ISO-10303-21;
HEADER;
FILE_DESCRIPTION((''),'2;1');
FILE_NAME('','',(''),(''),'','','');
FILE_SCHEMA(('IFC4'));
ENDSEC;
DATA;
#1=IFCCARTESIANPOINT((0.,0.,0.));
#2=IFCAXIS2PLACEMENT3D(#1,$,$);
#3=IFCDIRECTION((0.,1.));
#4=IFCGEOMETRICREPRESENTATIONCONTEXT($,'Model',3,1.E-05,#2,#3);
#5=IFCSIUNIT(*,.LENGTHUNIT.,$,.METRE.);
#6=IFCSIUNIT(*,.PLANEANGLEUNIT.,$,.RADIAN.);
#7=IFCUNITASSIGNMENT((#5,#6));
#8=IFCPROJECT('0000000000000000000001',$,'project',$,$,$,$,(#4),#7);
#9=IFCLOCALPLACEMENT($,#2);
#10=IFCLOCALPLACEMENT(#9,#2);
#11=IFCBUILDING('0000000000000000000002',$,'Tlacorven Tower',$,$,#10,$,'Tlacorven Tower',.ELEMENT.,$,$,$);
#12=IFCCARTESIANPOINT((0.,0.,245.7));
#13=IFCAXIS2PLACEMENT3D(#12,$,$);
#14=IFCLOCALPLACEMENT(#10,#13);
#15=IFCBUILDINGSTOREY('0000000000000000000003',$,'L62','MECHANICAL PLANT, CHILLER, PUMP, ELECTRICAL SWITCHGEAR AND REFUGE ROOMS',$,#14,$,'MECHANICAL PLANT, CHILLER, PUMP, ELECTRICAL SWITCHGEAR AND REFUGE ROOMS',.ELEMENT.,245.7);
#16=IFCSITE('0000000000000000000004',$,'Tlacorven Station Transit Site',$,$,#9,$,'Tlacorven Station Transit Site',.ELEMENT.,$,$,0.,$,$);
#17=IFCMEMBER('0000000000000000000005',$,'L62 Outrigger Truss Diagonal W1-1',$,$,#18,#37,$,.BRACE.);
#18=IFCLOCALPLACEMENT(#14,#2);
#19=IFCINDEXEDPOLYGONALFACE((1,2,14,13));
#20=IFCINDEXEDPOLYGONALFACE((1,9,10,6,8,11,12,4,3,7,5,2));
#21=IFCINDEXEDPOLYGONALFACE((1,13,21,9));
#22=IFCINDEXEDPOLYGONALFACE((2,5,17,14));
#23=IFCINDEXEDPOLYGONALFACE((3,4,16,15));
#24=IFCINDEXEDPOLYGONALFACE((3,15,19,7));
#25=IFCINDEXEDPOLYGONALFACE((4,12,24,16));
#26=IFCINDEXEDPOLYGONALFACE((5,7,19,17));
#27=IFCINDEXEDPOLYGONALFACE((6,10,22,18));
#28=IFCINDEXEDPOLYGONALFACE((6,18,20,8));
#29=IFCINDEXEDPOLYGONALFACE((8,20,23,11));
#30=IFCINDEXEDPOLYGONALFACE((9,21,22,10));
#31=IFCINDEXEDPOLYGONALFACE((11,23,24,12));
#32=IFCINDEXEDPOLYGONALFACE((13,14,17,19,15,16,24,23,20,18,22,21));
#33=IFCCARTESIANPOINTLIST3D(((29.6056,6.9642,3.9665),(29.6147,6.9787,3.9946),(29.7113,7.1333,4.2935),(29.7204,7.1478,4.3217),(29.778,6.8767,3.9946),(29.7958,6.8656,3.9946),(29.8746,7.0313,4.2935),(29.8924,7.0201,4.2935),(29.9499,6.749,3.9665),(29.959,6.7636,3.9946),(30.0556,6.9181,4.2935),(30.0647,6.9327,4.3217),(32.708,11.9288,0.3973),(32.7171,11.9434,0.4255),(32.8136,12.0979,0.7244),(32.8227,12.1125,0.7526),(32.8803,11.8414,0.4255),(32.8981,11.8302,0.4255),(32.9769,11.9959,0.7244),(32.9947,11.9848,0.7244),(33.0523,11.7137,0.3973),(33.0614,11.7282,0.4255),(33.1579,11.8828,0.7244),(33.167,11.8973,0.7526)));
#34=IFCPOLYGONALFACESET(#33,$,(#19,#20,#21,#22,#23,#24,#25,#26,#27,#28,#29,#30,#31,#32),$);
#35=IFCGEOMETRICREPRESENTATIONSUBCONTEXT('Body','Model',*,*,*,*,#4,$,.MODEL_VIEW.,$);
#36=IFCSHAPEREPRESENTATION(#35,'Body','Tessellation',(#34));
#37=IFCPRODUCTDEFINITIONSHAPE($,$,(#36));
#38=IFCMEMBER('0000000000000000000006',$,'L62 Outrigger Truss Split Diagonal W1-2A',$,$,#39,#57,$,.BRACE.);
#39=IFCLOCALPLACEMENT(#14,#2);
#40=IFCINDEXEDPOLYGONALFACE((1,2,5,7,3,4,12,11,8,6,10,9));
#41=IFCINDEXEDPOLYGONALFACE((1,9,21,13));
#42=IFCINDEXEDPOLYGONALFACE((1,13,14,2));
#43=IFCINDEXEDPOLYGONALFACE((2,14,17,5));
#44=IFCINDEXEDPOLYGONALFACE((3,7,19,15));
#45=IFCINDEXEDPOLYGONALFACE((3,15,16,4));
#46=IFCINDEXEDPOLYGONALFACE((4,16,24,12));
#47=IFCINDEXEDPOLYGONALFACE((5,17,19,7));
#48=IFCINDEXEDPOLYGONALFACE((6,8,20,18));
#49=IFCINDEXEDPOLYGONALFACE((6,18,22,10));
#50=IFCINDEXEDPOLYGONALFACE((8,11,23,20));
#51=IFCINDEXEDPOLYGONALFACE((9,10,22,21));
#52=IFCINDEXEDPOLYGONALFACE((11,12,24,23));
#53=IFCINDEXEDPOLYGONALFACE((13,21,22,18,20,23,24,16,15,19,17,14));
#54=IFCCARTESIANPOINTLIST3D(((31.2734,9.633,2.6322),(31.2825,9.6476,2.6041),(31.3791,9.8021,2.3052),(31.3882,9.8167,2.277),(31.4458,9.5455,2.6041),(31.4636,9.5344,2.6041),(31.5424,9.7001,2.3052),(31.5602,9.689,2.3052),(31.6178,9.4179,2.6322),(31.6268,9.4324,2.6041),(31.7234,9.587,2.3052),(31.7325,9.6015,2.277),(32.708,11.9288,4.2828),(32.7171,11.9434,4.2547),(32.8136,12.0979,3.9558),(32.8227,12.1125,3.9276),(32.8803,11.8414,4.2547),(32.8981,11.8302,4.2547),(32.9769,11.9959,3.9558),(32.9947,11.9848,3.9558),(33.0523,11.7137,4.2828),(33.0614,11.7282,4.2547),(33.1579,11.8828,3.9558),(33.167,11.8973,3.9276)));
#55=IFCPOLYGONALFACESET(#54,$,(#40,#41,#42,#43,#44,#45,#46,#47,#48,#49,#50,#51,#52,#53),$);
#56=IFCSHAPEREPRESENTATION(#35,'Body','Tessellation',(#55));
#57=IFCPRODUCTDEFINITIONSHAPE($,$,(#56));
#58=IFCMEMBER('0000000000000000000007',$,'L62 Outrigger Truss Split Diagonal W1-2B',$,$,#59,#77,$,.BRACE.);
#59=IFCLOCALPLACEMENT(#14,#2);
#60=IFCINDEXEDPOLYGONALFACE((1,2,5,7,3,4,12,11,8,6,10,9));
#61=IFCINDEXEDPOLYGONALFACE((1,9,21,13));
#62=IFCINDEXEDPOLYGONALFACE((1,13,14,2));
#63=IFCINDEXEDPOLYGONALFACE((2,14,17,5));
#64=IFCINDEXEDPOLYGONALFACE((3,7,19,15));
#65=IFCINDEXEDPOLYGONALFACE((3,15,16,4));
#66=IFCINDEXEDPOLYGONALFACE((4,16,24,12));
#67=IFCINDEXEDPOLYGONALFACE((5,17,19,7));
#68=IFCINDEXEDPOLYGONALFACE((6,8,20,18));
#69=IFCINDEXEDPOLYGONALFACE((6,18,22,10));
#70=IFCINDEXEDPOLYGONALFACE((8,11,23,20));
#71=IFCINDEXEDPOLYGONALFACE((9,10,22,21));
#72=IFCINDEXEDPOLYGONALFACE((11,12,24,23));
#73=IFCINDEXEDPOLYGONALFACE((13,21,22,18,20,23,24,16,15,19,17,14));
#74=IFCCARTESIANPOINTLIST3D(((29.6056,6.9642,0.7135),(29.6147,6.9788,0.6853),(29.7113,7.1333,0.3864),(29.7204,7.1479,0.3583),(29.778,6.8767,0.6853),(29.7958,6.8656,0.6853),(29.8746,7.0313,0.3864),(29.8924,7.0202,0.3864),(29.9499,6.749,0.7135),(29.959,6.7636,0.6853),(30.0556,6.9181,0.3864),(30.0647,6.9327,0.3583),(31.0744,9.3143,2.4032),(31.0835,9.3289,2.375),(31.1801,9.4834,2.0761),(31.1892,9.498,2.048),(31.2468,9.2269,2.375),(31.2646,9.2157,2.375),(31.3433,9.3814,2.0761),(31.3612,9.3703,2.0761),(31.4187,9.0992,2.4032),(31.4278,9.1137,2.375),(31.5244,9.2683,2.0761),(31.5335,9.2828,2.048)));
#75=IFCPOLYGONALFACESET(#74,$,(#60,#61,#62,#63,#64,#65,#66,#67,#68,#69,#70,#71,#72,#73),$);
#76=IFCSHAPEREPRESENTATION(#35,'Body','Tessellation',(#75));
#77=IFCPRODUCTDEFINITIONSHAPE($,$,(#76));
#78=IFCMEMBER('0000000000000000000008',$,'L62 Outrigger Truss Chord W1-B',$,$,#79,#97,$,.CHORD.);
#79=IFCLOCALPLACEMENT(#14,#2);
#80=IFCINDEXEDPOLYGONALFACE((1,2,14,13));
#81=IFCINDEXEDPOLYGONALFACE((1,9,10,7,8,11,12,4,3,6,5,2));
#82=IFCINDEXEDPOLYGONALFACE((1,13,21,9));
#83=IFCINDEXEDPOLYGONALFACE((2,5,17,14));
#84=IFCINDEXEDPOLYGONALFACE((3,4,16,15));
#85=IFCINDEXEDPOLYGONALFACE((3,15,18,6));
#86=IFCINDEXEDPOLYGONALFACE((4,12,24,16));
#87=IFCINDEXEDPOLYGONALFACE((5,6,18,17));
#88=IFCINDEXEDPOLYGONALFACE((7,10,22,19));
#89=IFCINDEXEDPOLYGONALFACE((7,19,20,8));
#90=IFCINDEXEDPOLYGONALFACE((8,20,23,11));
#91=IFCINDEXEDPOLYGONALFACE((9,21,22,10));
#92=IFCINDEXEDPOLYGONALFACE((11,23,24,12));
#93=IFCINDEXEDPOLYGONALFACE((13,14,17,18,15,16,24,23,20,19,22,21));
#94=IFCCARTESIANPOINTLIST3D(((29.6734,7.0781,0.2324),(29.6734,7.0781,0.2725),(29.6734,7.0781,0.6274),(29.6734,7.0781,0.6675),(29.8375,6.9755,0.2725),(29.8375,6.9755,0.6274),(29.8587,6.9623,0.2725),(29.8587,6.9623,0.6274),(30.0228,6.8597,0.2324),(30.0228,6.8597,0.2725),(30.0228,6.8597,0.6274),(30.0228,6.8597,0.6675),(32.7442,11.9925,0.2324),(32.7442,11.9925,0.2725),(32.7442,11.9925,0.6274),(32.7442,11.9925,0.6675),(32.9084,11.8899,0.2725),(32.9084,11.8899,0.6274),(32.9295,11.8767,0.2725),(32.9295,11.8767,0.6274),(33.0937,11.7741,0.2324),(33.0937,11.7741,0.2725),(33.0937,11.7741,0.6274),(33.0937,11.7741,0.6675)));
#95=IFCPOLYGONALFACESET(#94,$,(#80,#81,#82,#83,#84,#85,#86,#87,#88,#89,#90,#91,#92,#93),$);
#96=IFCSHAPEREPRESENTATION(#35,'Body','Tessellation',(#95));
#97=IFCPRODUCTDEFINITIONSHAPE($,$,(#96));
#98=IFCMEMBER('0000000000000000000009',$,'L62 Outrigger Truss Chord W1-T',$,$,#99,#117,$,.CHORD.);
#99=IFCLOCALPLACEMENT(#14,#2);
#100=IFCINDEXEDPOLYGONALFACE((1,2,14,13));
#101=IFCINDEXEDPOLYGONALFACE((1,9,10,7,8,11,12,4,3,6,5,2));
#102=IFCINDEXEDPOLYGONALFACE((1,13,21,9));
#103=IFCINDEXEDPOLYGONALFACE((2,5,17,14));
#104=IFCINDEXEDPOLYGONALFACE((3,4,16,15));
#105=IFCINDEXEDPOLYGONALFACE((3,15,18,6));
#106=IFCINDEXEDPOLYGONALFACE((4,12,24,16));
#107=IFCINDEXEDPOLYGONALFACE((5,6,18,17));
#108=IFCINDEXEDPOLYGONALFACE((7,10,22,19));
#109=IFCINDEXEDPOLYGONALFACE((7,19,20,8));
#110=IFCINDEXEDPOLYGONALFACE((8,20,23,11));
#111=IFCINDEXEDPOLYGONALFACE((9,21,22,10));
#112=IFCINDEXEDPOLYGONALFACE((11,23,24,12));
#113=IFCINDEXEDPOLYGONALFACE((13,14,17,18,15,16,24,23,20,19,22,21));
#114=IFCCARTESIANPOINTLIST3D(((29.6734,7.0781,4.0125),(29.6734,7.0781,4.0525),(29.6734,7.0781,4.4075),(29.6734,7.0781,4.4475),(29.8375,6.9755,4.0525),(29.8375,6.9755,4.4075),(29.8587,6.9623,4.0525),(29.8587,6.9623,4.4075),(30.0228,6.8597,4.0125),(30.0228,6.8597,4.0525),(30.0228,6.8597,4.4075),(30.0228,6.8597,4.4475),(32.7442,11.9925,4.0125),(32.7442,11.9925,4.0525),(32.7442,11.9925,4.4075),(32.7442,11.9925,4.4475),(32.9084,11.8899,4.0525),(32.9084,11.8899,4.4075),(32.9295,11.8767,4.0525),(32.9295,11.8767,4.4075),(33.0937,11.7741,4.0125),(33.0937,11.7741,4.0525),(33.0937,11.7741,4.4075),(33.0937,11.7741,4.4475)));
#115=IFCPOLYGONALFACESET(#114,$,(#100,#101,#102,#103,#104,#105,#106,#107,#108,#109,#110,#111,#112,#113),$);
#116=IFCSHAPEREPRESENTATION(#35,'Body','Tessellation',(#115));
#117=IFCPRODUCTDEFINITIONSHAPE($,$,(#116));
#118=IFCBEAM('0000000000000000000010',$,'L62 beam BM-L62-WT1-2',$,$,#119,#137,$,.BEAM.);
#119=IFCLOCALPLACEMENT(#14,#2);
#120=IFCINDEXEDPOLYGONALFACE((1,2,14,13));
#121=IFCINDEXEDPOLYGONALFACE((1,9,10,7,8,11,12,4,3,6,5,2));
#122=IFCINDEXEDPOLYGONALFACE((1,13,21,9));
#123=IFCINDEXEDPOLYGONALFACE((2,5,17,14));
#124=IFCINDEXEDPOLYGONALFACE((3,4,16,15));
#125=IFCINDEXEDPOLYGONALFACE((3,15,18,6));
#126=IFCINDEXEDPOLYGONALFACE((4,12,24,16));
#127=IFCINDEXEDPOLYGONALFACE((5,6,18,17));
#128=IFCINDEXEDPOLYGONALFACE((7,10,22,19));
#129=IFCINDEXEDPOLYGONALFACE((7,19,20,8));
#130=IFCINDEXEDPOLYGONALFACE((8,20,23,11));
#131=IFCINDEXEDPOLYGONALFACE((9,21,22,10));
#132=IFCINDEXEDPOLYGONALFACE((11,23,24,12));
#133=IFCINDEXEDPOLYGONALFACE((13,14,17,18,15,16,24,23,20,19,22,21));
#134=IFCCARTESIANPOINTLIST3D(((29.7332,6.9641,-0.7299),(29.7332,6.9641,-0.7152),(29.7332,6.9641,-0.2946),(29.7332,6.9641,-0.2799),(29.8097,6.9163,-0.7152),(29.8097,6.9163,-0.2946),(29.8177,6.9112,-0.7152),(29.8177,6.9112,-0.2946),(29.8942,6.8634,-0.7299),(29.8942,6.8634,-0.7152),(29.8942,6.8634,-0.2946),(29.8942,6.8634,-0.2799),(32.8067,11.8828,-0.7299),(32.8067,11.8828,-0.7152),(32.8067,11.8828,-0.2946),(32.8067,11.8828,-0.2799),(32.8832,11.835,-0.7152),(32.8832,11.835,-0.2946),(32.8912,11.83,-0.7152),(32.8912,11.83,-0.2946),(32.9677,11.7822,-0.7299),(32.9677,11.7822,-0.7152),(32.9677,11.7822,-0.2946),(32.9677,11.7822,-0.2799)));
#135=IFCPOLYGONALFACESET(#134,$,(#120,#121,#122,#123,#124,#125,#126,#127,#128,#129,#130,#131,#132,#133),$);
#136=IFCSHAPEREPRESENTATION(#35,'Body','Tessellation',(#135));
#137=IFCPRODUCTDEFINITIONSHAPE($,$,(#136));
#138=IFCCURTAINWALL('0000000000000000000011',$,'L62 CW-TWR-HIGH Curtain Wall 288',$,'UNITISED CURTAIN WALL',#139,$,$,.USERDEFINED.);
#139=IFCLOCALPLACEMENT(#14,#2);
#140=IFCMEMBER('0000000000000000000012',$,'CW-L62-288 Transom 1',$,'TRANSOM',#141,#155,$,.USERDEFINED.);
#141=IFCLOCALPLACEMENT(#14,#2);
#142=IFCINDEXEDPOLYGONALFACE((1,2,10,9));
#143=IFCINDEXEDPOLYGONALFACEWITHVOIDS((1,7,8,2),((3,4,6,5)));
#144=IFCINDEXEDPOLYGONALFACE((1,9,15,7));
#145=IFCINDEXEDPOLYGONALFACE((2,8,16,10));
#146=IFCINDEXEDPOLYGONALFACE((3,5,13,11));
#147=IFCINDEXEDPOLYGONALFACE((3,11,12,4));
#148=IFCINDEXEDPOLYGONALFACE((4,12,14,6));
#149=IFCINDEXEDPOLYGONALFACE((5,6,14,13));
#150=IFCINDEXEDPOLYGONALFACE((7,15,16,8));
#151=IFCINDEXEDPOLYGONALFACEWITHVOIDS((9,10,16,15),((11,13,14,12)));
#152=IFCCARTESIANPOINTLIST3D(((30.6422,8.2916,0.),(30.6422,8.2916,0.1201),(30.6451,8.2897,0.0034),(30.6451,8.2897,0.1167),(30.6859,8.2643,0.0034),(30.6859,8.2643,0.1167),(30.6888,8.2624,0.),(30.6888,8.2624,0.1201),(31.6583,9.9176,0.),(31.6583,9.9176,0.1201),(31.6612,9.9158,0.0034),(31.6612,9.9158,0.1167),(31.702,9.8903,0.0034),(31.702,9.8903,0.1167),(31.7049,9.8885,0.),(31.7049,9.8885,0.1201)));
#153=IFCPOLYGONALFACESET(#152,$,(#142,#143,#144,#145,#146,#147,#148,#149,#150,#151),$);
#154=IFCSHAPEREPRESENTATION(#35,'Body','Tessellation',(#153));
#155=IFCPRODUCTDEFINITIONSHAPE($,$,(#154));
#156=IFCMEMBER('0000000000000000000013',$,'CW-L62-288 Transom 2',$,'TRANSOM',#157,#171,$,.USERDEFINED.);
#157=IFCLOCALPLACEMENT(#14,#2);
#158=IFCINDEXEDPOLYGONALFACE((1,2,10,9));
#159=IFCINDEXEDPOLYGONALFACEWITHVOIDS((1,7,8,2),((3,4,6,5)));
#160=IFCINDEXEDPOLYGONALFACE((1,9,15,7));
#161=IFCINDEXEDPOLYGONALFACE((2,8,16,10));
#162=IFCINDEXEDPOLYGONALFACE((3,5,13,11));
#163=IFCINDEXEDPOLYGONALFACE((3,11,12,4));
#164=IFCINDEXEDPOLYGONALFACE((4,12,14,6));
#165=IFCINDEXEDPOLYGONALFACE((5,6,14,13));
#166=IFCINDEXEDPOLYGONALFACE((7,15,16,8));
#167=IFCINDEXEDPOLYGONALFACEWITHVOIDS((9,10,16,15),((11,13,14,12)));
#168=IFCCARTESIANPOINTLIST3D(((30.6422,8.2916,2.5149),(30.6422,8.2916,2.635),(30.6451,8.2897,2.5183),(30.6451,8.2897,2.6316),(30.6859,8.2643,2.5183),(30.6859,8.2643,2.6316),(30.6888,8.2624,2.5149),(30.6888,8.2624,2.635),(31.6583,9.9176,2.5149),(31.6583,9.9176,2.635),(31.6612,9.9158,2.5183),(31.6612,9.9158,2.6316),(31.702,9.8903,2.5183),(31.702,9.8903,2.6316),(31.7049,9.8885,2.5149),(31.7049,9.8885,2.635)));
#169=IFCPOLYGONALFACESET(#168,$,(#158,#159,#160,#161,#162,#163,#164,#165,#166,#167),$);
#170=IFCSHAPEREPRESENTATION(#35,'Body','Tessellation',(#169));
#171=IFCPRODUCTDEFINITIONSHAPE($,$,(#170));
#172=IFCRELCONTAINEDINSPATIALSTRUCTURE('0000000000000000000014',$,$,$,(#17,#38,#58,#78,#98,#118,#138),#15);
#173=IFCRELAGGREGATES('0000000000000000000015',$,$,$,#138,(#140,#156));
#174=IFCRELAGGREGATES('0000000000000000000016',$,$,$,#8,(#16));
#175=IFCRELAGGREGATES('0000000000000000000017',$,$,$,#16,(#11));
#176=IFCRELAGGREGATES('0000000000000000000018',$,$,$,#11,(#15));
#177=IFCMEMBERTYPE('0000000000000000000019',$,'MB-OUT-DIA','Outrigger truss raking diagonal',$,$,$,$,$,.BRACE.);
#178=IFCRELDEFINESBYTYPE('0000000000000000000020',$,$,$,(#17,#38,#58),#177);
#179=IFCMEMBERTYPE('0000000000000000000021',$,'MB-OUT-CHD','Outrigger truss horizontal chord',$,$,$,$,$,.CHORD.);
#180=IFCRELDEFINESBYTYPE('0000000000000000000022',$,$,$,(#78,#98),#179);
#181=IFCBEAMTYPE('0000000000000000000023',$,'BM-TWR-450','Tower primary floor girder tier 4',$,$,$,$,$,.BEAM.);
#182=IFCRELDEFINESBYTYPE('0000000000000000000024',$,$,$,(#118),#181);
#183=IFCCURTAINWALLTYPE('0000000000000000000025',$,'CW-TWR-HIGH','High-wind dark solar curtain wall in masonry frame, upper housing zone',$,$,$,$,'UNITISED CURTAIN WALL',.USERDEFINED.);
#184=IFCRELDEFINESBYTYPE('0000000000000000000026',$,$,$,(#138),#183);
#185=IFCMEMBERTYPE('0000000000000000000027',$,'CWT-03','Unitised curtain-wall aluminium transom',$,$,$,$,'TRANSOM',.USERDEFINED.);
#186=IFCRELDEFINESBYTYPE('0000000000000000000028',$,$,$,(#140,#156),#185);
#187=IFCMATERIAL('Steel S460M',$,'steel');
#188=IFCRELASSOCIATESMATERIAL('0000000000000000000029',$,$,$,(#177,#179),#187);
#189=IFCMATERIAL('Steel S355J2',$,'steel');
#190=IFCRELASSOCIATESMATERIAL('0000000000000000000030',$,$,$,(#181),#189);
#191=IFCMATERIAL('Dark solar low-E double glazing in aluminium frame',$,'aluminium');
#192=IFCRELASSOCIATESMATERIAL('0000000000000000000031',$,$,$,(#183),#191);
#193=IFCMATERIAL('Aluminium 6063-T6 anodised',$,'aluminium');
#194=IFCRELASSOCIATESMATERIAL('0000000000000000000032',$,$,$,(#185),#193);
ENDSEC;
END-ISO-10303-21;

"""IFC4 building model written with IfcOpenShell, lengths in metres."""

from ifc_helpers import new_model, si_unit, direction, frame, origin, origin_2d, place, context, subcontext, project, spatial, hollow_rectangle, i_section, extrude, source, transform, mapped, material, material_profile, profile_set, type_object, element, aggregate, save


model = new_model("IFC4")

# Units and contexts
model_context = context("Model", 3, precision=1e-05, world=origin(), true_north=direction((0.0, 1.0)))
body_context = subcontext(model_context, "Body", "Model", "MODEL_VIEW")
ifc_project = project(units=[si_unit("LENGTHUNIT", "METRE"), si_unit("PLANEANGLEUNIT", "RADIAN")], contexts=[model_context])

# Site, building, storey
site_placement = place(None, origin())
site = spatial("IfcSite", under=ifc_project, at=site_placement, Name="Tlacorven Station Transit Site", LongName="Tlacorven Station Transit Site", CompositionType="ELEMENT", RefElevation=0.0)
building_placement = place(site_placement, origin())
building = spatial("IfcBuilding", under=site, at=building_placement, Name="Tlacorven Tower", LongName="Tlacorven Tower", CompositionType="ELEMENT")
storey_placement = place(building_placement, frame((0.0, 0.0, 245.7)))
storey = spatial("IfcBuildingStorey", under=building, at=storey_placement, Name="L62", Description="MECHANICAL PLANT, CHILLER, PUMP, ELECTRICAL SWITCHGEAR AND REFUGE ROOMS", LongName="MECHANICAL PLANT, CHILLER, PUMP, ELECTRICAL SWITCHGEAR AND REFUGE ROOMS", CompositionType="ELEMENT", Elevation=245.7)

# Members
ifc_material_1 = material(Name="Steel S460M", Category="steel")
ifc_material_profile_1 = material_profile(ifc_material_1, i_section(OverallWidth=0.406, OverallDepth=0.416, WebThickness=0.021, FlangeThickness=0.033, at=origin_2d()), Name="HD 400X382")
ifc_profile_set_1 = profile_set([ifc_material_profile_1], Name="Steel S460M")
member_type_1 = type_object("IfcMemberType", Name="MB-OUT-DIA", Description="Outrigger truss raking diagonal", PredefinedType="BRACE", material=ifc_profile_set_1)
shared_shape_1 = source(origin(), body_context, "Body", "SweptSolid", [
    extrude(i_section(OverallWidth=0.406, OverallDepth=0.416, WebThickness=0.021, FlangeThickness=0.033, at=origin_2d()), origin(), (0.0, 0.0, 1.0), 6.8564),
])
member_1_placement = place(storey_placement, frame((32.9375, 11.9131, 0.575), z_axis=(-0.452469, -0.724085, 0.520551), x_axis=(0.848043, -0.529928, 0.0)))
element("IfcMember", 1, at=member_1_placement, inside=storey, type_object=member_type_1, Name="L62 Outrigger Truss Diagonal W1-1", PredefinedType="BRACE", context=body_context, shape_type="MappedRepresentation", body=[
    mapped(shared_shape_1, transform((0.0, 0.0, 0.0), scale=1.0)),
])
shared_shape_2 = source(origin(), body_context, "Body", "SweptSolid", [
    extrude(i_section(OverallWidth=0.406, OverallDepth=0.416, WebThickness=0.021, FlangeThickness=0.033, at=origin_2d()), origin(), (0.0, 0.0, 1.0), 3.1707),
])
member_2_placement = place(storey_placement, frame((32.9375, 11.9131, 4.1052), z_axis=(-0.452437, -0.724084, -0.52058), x_axis=(0.848059, -0.529902, 0.0)))
element("IfcMember", 2, at=member_2_placement, inside=storey, type_object=member_type_1, Name="L62 Outrigger Truss Split Diagonal W1-2A", PredefinedType="BRACE", context=body_context, shape_type="MappedRepresentation", body=[
    mapped(shared_shape_2, transform((0.0, 0.0, 0.0), scale=1.0)),
])
shared_shape_3 = source(origin(), body_context, "Body", "SweptSolid", [
    extrude(i_section(OverallWidth=0.406, OverallDepth=0.416, WebThickness=0.021, FlangeThickness=0.033, at=origin_2d()), origin(), (0.0, 0.0, 1.0), 3.2458),
])
member_3_placement = place(storey_placement, frame((31.304, 9.2986, 2.2256), z_axis=(-0.452507, -0.724041, -0.520578), x_axis=(0.848008, -0.529983, 0.0)))
element("IfcMember", 3, at=member_3_placement, inside=storey, type_object=member_type_1, Name="L62 Outrigger Truss Split Diagonal W1-2B", PredefinedType="BRACE", context=body_context, shape_type="MappedRepresentation", body=[
    mapped(shared_shape_3, transform((0.0, 0.0, 0.0), scale=1.0)),
])
ifc_material_profile_2 = material_profile(ifc_material_1, i_section(OverallWidth=0.4121, OverallDepth=0.4351, WebThickness=0.0249, FlangeThickness=0.04, at=origin_2d()), Name="HD 400X463")
ifc_profile_set_2 = profile_set([ifc_material_profile_2], Name="Steel S460M")
member_type_2 = type_object("IfcMemberType", Name="MB-OUT-CHD", Description="Outrigger truss horizontal chord", PredefinedType="CHORD", material=ifc_profile_set_2)
shared_shape_4 = source(origin(), body_context, "Body", "SweptSolid", [
    extrude(i_section(OverallWidth=0.4121, OverallDepth=0.4351, WebThickness=0.0249, FlangeThickness=0.04, at=origin_2d()), origin(), (0.0, 0.0, 1.0), 5.7949),
])
for number, where, z_axis, x_axis, name in (
    (4, (32.9189, 11.8833, 0.45), (-0.529919, -0.848048, 0.0), (0.848048, -0.529919, 0.0), "L62 Outrigger Truss Chord W1-B"),
    (5, (32.9189, 11.8833, 4.23), (-0.529919, -0.848048, 0.0), (0.848048, -0.529919, 0.0), "L62 Outrigger Truss Chord W1-T"),
):
    element("IfcMember", number, at=place(storey_placement, frame(where, z_axis=z_axis, x_axis=x_axis)), inside=storey, type_object=member_type_2, Name=name, PredefinedType="CHORD", context=body_context, shape_type="MappedRepresentation", body=[
        mapped(shared_shape_4, transform((0.0, 0.0, 0.0), scale=1.0)),
    ])

# Beam
ifc_material_2 = material(Name="Steel S355J2", Category="steel")
ifc_material_profile_3 = material_profile(ifc_material_2, i_section(OverallWidth=0.1899, OverallDepth=0.45, WebThickness=0.0095, FlangeThickness=0.0146, at=origin_2d()), Name="IPE 450")
ifc_profile_set_3 = profile_set([ifc_material_profile_3], Name="Steel S355J2")
beam_type = type_object("IfcBeamType", Name="BM-TWR-450", Description="Tower primary floor girder tier 4", PredefinedType="BEAM", material=ifc_profile_set_3)
shared_shape_5 = source(origin(), body_context, "Body", "SweptSolid", [
    extrude(i_section(OverallWidth=0.1899, OverallDepth=0.45, WebThickness=0.0095, FlangeThickness=0.0146, at=origin_2d()), origin(), (0.0, 0.0, 1.0), 5.8),
])
beam_placement = place(storey_placement, frame((32.8872, 11.8325, -0.5049), z_axis=(-0.529912, -0.848053, 0.0), x_axis=(0.848053, -0.529912, 0.0)))
element("IfcBeam", 6, at=beam_placement, inside=storey, type_object=beam_type, Name="L62 beam BM-L62-WT1-2", PredefinedType="BEAM", context=body_context, shape_type="MappedRepresentation", body=[
    mapped(shared_shape_5, transform((0.0, 0.0, 0.0), scale=1.0)),
])

# Curtain wall, members
ifc_material_3 = material(Name="Dark solar low-E double glazing in aluminium frame", Category="aluminium")
curtain_wall_type = type_object("IfcCurtainWallType", Name="CW-TWR-HIGH", Description="High-wind dark solar curtain wall in masonry frame, upper housing zone", ElementType="UNITISED CURTAIN WALL", PredefinedType="USERDEFINED", material=ifc_material_3)
curtain_wall_1_placement = place(storey_placement, origin())
curtain_wall_1 = element("IfcCurtainWall", 7, at=curtain_wall_1_placement, inside=storey, type_object=curtain_wall_type, Name="L62 CW-TWR-HIGH Curtain Wall 288", ObjectType="UNITISED CURTAIN WALL", PredefinedType="USERDEFINED")
ifc_material_4 = material(Name="Aluminium 6063-T6 anodised", Category="aluminium")
ifc_material_profile_4 = material_profile(ifc_material_4, hollow_rectangle(XDim=0.0549, YDim=0.1201, WallThickness=0.0034, at=origin_2d()), Name="ALU TRANSOM 55X120")
ifc_profile_set_4 = profile_set([ifc_material_profile_4], Name="Aluminium 6063-T6 anodised")
member_type_3 = type_object("IfcMemberType", Name="CWT-03", Description="Unitised curtain-wall aluminium transom", ElementType="TRANSOM", PredefinedType="USERDEFINED", material=ifc_profile_set_4)
shared_shape_6 = source(origin(), body_context, "Body", "SweptSolid", [
    extrude(hollow_rectangle(XDim=0.0549, YDim=0.1201, WallThickness=0.0034, at=origin_2d()), origin(), (0.0, 0.0, 1.0), 1.9175),
])
member_4_placement = place(storey_placement, frame((31.6816, 9.9031, 0.0601), z_axis=(-0.529953, -0.848027, 0.0), x_axis=(0.848027, -0.529953, 0.0)))
member_4 = element("IfcMember", 8, at=member_4_placement, type_object=member_type_3, Name="CW-L62-288 Transom 1", ObjectType="TRANSOM", PredefinedType="USERDEFINED", context=body_context, shape_type="MappedRepresentation", body=[
    mapped(shared_shape_6, transform((0.0, 0.0, 0.0), scale=1.0)),
])
member_5_placement = place(storey_placement, frame((31.6816, 9.9031, 2.575), z_axis=(-0.529953, -0.848027, 0.0), x_axis=(0.848027, -0.529953, 0.0)))
member_5 = element("IfcMember", 9, at=member_5_placement, type_object=member_type_3, Name="CW-L62-288 Transom 2", ObjectType="TRANSOM", PredefinedType="USERDEFINED", context=body_context, shape_type="MappedRepresentation", body=[
    mapped(shared_shape_6, transform((0.0, 0.0, 0.0), scale=1.0)),
])

aggregate(curtain_wall_1, [member_4, member_5])

save(model, "model.ifc")
